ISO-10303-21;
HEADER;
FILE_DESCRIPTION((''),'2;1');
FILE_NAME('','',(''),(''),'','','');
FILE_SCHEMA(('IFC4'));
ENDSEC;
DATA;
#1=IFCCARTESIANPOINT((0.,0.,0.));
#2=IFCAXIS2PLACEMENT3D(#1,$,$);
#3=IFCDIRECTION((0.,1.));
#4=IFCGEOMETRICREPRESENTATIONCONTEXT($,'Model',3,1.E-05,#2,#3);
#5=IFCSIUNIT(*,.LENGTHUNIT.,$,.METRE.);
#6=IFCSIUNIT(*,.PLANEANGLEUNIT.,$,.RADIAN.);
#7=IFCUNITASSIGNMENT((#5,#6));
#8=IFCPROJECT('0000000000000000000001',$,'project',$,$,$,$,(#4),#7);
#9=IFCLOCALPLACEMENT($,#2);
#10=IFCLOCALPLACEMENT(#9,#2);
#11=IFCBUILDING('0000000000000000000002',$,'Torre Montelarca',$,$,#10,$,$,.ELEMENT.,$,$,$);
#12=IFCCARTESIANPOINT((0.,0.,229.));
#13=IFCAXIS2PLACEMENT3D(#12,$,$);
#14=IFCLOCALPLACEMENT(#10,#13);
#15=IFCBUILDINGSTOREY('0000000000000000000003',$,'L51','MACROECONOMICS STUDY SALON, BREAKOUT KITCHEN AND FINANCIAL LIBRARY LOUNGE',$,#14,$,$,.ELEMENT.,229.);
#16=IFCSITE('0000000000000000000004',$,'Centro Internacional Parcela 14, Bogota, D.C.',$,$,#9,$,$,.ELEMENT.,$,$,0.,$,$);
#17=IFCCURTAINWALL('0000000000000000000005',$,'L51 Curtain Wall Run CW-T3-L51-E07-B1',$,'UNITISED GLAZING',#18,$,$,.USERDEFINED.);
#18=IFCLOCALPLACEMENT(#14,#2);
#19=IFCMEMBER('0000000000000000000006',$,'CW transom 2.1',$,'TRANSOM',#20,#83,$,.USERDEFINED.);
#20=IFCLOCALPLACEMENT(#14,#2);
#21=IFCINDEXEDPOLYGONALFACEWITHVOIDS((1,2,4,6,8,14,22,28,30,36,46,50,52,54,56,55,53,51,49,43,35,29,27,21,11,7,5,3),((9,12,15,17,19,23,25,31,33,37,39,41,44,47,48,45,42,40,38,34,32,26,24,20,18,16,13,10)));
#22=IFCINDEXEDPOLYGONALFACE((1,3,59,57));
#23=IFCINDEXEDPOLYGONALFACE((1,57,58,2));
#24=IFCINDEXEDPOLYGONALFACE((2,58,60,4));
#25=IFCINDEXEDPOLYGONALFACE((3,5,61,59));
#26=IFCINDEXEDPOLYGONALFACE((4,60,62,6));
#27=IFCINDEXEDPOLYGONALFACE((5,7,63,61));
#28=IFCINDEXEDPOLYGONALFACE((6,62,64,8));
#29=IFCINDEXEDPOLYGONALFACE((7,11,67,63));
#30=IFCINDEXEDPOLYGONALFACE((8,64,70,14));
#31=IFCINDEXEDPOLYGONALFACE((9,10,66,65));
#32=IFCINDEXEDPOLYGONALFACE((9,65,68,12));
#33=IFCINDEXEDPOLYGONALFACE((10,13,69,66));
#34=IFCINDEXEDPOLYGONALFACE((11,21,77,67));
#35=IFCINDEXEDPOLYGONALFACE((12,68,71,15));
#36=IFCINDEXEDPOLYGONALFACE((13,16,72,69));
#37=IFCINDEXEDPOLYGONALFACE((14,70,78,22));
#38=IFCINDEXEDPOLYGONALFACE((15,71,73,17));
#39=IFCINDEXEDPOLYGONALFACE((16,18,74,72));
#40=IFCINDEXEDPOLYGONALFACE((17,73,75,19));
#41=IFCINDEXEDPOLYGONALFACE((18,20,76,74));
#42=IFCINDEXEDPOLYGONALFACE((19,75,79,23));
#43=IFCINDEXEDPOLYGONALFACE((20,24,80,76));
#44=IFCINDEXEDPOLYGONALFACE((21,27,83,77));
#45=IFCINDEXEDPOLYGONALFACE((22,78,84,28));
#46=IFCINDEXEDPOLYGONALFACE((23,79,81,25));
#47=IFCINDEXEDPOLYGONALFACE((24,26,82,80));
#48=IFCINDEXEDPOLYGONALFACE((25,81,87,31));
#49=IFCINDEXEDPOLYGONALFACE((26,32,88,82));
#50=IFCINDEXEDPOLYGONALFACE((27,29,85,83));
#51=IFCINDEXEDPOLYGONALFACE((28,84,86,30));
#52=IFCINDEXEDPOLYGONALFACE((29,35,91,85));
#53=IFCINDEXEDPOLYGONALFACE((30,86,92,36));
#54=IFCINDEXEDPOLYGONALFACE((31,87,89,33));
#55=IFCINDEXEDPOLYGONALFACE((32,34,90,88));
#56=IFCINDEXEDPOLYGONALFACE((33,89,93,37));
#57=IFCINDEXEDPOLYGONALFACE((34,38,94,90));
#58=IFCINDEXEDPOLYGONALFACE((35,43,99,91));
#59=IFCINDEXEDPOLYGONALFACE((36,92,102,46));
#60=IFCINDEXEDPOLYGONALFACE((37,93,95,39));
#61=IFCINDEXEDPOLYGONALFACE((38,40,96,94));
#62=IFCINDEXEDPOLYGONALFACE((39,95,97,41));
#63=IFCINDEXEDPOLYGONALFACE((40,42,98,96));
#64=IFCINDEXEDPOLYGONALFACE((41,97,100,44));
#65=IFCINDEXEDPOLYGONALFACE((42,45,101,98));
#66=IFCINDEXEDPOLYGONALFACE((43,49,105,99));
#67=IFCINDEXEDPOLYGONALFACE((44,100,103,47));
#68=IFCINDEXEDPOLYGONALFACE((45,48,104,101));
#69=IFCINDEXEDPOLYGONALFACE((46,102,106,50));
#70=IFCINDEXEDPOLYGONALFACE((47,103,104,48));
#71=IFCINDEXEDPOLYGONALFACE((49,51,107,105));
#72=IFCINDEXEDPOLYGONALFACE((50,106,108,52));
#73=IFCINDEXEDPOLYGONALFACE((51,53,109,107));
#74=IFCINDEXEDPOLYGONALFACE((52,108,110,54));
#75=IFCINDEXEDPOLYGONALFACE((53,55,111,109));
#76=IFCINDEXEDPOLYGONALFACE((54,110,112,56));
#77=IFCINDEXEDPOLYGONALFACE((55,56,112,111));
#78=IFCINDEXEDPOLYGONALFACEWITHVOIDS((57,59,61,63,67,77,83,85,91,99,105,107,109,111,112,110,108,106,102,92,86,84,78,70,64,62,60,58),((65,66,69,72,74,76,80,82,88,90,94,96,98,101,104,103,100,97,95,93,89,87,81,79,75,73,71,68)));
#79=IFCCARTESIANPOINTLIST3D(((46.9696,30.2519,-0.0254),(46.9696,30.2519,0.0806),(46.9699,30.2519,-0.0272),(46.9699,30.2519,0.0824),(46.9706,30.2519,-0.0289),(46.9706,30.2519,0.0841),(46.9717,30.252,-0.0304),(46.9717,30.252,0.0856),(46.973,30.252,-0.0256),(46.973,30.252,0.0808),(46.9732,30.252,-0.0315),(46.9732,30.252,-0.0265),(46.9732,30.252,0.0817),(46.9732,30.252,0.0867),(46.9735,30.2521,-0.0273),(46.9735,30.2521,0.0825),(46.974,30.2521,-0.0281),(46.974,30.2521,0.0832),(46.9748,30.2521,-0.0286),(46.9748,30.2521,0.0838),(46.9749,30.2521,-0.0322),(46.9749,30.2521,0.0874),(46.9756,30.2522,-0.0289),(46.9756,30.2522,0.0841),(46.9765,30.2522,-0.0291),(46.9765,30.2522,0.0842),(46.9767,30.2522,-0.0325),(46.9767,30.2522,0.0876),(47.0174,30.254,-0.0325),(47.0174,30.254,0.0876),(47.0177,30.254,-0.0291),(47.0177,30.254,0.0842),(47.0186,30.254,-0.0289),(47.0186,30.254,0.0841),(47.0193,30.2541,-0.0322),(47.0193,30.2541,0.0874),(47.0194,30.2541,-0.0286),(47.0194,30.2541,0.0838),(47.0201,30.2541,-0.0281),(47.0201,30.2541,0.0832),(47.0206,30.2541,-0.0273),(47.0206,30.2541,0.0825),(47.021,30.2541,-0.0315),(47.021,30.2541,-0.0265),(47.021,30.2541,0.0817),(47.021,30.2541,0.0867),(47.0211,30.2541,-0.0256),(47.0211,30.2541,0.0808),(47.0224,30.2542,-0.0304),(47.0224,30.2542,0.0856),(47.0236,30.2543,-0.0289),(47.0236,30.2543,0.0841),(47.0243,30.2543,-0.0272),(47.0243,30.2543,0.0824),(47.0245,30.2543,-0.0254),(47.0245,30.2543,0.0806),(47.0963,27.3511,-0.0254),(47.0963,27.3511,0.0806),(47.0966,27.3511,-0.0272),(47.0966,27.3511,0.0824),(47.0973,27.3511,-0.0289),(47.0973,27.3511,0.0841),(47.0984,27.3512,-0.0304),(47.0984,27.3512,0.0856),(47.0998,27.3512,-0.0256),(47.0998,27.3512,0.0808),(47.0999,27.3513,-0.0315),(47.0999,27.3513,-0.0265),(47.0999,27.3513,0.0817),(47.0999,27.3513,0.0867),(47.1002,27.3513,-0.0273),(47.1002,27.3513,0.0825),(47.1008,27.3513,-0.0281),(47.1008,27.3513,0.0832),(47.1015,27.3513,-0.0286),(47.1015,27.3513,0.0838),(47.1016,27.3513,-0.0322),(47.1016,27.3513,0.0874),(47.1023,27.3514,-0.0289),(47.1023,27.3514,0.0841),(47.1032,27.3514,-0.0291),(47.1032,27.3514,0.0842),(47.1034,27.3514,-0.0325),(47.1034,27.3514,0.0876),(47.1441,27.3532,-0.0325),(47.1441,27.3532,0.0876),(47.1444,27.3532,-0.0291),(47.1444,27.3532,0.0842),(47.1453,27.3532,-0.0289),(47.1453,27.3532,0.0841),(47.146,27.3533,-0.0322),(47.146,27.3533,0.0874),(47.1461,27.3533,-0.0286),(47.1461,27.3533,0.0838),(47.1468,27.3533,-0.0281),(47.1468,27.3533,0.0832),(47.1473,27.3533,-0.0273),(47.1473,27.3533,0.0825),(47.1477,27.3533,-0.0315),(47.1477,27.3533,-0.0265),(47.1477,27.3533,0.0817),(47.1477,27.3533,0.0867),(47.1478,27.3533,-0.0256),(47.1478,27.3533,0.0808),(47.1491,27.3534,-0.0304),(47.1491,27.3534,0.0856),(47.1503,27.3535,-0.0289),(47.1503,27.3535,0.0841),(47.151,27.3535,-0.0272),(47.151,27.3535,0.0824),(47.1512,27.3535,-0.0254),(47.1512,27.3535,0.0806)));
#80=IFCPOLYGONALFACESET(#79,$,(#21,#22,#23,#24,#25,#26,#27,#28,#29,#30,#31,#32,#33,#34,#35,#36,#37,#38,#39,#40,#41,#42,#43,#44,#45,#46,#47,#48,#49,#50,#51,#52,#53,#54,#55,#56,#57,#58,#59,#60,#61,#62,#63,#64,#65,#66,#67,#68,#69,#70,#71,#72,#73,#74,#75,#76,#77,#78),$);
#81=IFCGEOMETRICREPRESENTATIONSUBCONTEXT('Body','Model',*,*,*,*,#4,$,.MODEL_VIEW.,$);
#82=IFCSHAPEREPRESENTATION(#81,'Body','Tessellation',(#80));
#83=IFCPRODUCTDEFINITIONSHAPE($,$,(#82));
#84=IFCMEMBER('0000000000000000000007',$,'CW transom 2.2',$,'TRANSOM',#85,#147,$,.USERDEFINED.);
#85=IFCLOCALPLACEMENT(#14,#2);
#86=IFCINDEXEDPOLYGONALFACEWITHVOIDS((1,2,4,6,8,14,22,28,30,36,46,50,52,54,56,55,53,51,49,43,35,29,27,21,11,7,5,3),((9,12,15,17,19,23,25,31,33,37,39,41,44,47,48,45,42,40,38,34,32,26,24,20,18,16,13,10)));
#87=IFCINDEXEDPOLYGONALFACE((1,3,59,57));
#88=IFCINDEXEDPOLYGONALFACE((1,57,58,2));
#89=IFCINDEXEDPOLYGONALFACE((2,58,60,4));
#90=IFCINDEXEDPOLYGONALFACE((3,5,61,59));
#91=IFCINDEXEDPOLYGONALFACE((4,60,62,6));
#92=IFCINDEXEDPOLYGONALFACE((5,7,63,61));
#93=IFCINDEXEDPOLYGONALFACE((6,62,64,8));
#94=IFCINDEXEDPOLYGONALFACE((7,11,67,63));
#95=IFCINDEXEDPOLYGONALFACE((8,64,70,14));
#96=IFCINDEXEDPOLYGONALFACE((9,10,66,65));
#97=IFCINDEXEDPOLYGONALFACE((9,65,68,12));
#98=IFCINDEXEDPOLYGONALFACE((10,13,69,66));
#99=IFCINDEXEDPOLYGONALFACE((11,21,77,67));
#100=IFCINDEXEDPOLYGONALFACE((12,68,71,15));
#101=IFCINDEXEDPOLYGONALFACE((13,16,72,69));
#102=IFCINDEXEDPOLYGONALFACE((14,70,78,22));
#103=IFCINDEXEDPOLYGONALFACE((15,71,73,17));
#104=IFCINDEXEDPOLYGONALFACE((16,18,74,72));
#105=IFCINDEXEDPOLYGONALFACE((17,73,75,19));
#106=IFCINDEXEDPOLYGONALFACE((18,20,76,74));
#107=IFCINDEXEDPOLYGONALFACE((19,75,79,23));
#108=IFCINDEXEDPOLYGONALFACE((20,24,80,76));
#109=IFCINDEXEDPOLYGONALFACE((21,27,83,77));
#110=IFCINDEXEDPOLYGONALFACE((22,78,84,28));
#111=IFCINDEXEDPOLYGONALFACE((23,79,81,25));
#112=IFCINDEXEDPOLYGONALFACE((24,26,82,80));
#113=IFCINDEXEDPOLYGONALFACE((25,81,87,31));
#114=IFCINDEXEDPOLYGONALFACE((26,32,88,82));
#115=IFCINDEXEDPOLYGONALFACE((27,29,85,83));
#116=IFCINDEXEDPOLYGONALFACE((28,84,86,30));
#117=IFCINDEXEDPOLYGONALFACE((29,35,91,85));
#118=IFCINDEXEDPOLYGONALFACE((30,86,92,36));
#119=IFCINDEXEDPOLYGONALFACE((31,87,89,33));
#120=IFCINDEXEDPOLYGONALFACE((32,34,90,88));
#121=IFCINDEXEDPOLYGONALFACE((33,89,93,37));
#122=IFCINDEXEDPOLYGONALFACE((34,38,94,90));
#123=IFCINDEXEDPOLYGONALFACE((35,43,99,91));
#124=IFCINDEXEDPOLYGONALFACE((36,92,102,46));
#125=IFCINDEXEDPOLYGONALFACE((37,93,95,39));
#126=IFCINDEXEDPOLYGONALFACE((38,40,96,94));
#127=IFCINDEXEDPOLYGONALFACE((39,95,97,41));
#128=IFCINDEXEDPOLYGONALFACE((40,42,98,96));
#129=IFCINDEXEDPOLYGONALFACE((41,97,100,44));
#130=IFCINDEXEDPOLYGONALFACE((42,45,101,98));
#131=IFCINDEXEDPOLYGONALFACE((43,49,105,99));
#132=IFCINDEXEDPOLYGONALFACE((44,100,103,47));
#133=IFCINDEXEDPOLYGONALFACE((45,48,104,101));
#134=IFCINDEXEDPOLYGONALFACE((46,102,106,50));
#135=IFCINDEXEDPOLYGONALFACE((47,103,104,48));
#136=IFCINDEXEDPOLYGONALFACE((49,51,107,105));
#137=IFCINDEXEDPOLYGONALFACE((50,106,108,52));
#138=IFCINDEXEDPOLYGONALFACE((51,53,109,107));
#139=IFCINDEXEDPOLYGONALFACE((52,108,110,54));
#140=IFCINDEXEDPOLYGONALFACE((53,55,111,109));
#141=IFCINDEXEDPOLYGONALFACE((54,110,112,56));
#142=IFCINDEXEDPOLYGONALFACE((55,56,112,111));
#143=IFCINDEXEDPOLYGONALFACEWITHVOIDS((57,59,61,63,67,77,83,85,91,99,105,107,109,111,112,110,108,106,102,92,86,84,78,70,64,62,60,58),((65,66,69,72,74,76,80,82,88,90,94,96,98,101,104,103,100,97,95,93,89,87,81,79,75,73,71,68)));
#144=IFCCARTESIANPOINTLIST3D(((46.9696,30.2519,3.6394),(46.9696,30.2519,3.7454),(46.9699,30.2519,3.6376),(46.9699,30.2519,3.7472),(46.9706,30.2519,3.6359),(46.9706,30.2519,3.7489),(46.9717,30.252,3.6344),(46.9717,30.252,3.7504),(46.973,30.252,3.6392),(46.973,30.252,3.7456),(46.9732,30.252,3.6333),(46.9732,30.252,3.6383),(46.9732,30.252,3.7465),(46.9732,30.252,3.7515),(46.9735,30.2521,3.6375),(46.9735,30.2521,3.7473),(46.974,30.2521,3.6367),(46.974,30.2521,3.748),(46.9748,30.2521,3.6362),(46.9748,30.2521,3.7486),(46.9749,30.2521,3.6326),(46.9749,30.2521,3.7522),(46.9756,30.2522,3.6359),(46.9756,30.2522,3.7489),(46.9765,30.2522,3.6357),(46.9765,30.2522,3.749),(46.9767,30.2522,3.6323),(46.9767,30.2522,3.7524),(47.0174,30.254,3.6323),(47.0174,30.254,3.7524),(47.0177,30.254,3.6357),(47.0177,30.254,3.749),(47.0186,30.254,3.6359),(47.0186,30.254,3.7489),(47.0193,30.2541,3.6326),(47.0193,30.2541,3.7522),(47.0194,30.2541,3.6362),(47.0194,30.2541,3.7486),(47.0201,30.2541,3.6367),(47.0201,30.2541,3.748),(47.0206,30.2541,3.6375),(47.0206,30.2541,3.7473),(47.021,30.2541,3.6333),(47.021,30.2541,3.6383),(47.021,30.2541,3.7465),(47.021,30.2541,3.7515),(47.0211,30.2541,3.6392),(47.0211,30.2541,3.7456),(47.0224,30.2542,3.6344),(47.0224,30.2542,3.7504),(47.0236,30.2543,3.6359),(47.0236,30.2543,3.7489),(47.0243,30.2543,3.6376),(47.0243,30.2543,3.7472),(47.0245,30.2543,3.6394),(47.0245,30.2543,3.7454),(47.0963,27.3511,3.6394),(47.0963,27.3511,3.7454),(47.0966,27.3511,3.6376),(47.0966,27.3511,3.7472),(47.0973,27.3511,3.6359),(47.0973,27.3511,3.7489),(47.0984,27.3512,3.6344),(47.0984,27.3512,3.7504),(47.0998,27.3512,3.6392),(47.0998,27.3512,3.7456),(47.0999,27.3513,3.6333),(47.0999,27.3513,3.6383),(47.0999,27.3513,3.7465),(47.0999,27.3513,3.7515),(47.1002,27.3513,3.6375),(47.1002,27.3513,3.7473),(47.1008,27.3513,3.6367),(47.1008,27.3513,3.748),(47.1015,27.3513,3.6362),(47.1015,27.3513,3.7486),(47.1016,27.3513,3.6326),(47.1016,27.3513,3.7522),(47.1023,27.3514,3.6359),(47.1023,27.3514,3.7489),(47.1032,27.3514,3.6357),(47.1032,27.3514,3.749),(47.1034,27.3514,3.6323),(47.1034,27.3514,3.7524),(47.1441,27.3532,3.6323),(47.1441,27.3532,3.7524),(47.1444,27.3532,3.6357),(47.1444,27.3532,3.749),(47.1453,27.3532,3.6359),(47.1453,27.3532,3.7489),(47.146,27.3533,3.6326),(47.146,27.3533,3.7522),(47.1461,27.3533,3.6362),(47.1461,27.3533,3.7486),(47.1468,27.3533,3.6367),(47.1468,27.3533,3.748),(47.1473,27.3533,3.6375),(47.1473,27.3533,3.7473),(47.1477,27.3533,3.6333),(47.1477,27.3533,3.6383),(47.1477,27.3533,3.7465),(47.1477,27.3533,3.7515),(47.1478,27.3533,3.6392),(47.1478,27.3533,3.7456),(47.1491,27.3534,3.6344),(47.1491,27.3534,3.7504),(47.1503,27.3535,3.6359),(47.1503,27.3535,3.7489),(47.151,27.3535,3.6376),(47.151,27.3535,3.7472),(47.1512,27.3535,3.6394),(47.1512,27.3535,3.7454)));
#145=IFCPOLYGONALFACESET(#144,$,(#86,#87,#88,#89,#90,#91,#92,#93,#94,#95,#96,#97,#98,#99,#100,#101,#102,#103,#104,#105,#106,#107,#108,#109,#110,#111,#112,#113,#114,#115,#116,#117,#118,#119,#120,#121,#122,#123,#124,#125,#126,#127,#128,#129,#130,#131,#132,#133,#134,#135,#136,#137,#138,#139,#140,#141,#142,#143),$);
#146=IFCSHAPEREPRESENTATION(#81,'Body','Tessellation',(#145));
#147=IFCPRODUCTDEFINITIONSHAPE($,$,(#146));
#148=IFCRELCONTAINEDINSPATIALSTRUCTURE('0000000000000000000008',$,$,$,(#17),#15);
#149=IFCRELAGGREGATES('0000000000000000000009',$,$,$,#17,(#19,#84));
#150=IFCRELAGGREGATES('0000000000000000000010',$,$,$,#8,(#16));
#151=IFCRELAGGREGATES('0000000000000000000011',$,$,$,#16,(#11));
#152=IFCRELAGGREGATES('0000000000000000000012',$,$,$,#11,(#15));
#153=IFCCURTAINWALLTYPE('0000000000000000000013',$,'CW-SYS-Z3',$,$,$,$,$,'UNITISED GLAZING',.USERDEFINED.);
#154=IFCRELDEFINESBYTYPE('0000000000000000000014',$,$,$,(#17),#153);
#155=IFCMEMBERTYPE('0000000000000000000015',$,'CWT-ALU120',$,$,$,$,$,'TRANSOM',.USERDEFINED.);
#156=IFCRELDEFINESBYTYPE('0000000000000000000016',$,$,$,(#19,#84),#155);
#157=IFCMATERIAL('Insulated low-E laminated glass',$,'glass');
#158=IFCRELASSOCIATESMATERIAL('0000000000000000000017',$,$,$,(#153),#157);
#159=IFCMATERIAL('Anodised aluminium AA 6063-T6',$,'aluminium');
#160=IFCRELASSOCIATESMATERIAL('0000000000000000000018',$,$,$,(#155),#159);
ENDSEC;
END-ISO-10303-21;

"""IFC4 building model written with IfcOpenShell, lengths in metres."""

from ifc_helpers import new_model, si_unit, direction, frame, origin, origin_2d, place, context, subcontext, project, spatial, hollow_rectangle, extrude, source, transform, mapped, material, material_profile, profile_set, type_object, element, aggregate, save


model = new_model("IFC4")

# Units and contexts
model_context = context("Model", 3, precision=1e-05, world=origin(), true_north=direction((0.0, 1.0)))
body_context = subcontext(model_context, "Body", "Model", "MODEL_VIEW")
ifc_project = project(units=[si_unit("LENGTHUNIT", "METRE"), si_unit("PLANEANGLEUNIT", "RADIAN")], contexts=[model_context])

# Site, building, storey
site_placement = place(None, origin())
site = spatial("IfcSite", under=ifc_project, at=site_placement, Name="Centro Internacional Parcela 14, Bogota, D.C.", CompositionType="ELEMENT", RefElevation=0.0)
building_placement = place(site_placement, origin())
building = spatial("IfcBuilding", under=site, at=building_placement, Name="Torre Montelarca", CompositionType="ELEMENT")
storey_placement = place(building_placement, frame((0.0, 0.0, 229.0)))
storey = spatial("IfcBuildingStorey", under=building, at=storey_placement, Name="L51", Description="MACROECONOMICS STUDY SALON, BREAKOUT KITCHEN AND FINANCIAL LIBRARY LOUNGE", CompositionType="ELEMENT", Elevation=229.0)

# Curtain wall, members
ifc_material_1 = material(Name="Insulated low-E laminated glass", Category="glass")
curtain_wall_type = type_object("IfcCurtainWallType", Name="CW-SYS-Z3", ElementType="UNITISED GLAZING", PredefinedType="USERDEFINED", material=ifc_material_1)
curtain_wall_1_placement = place(storey_placement, origin())
curtain_wall_1 = element("IfcCurtainWall", 1, at=curtain_wall_1_placement, inside=storey, type_object=curtain_wall_type, Name="L51 Curtain Wall Run CW-T3-L51-E07-B1", ObjectType="UNITISED GLAZING", PredefinedType="USERDEFINED")
ifc_material_2 = material(Name="Anodised aluminium AA 6063-T6", Category="aluminium")
ifc_material_profile_1 = material_profile(ifc_material_2, hollow_rectangle(XDim=0.0549, YDim=0.1201, WallThickness=0.0034, InnerFilletRadius=0.0034, OuterFilletRadius=0.0071, at=origin_2d()), Name="ALU55X120X3.5", Category="aluminium")
ifc_profile_set_1 = profile_set([ifc_material_profile_1], Name="Anodised aluminium AA 6063-T6")
member_type_1 = type_object("IfcMemberType", Name="CWT-ALU120", ElementType="TRANSOM", PredefinedType="USERDEFINED", material=ifc_profile_set_1)
shared_shape_1 = source(origin(), body_context, "Body", "SweptSolid", [
    extrude(hollow_rectangle(XDim=0.0549, YDim=0.1201, WallThickness=0.0034, InnerFilletRadius=0.0034, OuterFilletRadius=0.0071, at=origin_2d()), origin(), (0.0, 0.0, 1.0), 2.9036),
])
member_1_placement = place(storey_placement, frame((47.1238, 27.3523, 0.0276), z_axis=(-0.043638, 0.999047, 0.0), x_axis=(-0.999047, -0.043638, 0.0)))
member_1 = element("IfcMember", 2, at=member_1_placement, type_object=member_type_1, Name="CW transom 2.1", ObjectType="TRANSOM", PredefinedType="USERDEFINED", context=body_context, shape_type="MappedRepresentation", body=[
    mapped(shared_shape_1, transform((0.0, 0.0, 0.0), scale=1.0)),
])
member_2_placement = place(storey_placement, frame((47.1238, 27.3523, 3.6924), z_axis=(-0.043638, 0.999047, 0.0), x_axis=(-0.999047, -0.043638, 0.0)))
member_2 = element("IfcMember", 3, at=member_2_placement, type_object=member_type_1, Name="CW transom 2.2", ObjectType="TRANSOM", PredefinedType="USERDEFINED", context=body_context, shape_type="MappedRepresentation", body=[
    mapped(shared_shape_1, transform((0.0, 0.0, 0.0), scale=1.0)),
])

aggregate(curtain_wall_1, [member_1, member_2])

save(model, "model.ifc")
